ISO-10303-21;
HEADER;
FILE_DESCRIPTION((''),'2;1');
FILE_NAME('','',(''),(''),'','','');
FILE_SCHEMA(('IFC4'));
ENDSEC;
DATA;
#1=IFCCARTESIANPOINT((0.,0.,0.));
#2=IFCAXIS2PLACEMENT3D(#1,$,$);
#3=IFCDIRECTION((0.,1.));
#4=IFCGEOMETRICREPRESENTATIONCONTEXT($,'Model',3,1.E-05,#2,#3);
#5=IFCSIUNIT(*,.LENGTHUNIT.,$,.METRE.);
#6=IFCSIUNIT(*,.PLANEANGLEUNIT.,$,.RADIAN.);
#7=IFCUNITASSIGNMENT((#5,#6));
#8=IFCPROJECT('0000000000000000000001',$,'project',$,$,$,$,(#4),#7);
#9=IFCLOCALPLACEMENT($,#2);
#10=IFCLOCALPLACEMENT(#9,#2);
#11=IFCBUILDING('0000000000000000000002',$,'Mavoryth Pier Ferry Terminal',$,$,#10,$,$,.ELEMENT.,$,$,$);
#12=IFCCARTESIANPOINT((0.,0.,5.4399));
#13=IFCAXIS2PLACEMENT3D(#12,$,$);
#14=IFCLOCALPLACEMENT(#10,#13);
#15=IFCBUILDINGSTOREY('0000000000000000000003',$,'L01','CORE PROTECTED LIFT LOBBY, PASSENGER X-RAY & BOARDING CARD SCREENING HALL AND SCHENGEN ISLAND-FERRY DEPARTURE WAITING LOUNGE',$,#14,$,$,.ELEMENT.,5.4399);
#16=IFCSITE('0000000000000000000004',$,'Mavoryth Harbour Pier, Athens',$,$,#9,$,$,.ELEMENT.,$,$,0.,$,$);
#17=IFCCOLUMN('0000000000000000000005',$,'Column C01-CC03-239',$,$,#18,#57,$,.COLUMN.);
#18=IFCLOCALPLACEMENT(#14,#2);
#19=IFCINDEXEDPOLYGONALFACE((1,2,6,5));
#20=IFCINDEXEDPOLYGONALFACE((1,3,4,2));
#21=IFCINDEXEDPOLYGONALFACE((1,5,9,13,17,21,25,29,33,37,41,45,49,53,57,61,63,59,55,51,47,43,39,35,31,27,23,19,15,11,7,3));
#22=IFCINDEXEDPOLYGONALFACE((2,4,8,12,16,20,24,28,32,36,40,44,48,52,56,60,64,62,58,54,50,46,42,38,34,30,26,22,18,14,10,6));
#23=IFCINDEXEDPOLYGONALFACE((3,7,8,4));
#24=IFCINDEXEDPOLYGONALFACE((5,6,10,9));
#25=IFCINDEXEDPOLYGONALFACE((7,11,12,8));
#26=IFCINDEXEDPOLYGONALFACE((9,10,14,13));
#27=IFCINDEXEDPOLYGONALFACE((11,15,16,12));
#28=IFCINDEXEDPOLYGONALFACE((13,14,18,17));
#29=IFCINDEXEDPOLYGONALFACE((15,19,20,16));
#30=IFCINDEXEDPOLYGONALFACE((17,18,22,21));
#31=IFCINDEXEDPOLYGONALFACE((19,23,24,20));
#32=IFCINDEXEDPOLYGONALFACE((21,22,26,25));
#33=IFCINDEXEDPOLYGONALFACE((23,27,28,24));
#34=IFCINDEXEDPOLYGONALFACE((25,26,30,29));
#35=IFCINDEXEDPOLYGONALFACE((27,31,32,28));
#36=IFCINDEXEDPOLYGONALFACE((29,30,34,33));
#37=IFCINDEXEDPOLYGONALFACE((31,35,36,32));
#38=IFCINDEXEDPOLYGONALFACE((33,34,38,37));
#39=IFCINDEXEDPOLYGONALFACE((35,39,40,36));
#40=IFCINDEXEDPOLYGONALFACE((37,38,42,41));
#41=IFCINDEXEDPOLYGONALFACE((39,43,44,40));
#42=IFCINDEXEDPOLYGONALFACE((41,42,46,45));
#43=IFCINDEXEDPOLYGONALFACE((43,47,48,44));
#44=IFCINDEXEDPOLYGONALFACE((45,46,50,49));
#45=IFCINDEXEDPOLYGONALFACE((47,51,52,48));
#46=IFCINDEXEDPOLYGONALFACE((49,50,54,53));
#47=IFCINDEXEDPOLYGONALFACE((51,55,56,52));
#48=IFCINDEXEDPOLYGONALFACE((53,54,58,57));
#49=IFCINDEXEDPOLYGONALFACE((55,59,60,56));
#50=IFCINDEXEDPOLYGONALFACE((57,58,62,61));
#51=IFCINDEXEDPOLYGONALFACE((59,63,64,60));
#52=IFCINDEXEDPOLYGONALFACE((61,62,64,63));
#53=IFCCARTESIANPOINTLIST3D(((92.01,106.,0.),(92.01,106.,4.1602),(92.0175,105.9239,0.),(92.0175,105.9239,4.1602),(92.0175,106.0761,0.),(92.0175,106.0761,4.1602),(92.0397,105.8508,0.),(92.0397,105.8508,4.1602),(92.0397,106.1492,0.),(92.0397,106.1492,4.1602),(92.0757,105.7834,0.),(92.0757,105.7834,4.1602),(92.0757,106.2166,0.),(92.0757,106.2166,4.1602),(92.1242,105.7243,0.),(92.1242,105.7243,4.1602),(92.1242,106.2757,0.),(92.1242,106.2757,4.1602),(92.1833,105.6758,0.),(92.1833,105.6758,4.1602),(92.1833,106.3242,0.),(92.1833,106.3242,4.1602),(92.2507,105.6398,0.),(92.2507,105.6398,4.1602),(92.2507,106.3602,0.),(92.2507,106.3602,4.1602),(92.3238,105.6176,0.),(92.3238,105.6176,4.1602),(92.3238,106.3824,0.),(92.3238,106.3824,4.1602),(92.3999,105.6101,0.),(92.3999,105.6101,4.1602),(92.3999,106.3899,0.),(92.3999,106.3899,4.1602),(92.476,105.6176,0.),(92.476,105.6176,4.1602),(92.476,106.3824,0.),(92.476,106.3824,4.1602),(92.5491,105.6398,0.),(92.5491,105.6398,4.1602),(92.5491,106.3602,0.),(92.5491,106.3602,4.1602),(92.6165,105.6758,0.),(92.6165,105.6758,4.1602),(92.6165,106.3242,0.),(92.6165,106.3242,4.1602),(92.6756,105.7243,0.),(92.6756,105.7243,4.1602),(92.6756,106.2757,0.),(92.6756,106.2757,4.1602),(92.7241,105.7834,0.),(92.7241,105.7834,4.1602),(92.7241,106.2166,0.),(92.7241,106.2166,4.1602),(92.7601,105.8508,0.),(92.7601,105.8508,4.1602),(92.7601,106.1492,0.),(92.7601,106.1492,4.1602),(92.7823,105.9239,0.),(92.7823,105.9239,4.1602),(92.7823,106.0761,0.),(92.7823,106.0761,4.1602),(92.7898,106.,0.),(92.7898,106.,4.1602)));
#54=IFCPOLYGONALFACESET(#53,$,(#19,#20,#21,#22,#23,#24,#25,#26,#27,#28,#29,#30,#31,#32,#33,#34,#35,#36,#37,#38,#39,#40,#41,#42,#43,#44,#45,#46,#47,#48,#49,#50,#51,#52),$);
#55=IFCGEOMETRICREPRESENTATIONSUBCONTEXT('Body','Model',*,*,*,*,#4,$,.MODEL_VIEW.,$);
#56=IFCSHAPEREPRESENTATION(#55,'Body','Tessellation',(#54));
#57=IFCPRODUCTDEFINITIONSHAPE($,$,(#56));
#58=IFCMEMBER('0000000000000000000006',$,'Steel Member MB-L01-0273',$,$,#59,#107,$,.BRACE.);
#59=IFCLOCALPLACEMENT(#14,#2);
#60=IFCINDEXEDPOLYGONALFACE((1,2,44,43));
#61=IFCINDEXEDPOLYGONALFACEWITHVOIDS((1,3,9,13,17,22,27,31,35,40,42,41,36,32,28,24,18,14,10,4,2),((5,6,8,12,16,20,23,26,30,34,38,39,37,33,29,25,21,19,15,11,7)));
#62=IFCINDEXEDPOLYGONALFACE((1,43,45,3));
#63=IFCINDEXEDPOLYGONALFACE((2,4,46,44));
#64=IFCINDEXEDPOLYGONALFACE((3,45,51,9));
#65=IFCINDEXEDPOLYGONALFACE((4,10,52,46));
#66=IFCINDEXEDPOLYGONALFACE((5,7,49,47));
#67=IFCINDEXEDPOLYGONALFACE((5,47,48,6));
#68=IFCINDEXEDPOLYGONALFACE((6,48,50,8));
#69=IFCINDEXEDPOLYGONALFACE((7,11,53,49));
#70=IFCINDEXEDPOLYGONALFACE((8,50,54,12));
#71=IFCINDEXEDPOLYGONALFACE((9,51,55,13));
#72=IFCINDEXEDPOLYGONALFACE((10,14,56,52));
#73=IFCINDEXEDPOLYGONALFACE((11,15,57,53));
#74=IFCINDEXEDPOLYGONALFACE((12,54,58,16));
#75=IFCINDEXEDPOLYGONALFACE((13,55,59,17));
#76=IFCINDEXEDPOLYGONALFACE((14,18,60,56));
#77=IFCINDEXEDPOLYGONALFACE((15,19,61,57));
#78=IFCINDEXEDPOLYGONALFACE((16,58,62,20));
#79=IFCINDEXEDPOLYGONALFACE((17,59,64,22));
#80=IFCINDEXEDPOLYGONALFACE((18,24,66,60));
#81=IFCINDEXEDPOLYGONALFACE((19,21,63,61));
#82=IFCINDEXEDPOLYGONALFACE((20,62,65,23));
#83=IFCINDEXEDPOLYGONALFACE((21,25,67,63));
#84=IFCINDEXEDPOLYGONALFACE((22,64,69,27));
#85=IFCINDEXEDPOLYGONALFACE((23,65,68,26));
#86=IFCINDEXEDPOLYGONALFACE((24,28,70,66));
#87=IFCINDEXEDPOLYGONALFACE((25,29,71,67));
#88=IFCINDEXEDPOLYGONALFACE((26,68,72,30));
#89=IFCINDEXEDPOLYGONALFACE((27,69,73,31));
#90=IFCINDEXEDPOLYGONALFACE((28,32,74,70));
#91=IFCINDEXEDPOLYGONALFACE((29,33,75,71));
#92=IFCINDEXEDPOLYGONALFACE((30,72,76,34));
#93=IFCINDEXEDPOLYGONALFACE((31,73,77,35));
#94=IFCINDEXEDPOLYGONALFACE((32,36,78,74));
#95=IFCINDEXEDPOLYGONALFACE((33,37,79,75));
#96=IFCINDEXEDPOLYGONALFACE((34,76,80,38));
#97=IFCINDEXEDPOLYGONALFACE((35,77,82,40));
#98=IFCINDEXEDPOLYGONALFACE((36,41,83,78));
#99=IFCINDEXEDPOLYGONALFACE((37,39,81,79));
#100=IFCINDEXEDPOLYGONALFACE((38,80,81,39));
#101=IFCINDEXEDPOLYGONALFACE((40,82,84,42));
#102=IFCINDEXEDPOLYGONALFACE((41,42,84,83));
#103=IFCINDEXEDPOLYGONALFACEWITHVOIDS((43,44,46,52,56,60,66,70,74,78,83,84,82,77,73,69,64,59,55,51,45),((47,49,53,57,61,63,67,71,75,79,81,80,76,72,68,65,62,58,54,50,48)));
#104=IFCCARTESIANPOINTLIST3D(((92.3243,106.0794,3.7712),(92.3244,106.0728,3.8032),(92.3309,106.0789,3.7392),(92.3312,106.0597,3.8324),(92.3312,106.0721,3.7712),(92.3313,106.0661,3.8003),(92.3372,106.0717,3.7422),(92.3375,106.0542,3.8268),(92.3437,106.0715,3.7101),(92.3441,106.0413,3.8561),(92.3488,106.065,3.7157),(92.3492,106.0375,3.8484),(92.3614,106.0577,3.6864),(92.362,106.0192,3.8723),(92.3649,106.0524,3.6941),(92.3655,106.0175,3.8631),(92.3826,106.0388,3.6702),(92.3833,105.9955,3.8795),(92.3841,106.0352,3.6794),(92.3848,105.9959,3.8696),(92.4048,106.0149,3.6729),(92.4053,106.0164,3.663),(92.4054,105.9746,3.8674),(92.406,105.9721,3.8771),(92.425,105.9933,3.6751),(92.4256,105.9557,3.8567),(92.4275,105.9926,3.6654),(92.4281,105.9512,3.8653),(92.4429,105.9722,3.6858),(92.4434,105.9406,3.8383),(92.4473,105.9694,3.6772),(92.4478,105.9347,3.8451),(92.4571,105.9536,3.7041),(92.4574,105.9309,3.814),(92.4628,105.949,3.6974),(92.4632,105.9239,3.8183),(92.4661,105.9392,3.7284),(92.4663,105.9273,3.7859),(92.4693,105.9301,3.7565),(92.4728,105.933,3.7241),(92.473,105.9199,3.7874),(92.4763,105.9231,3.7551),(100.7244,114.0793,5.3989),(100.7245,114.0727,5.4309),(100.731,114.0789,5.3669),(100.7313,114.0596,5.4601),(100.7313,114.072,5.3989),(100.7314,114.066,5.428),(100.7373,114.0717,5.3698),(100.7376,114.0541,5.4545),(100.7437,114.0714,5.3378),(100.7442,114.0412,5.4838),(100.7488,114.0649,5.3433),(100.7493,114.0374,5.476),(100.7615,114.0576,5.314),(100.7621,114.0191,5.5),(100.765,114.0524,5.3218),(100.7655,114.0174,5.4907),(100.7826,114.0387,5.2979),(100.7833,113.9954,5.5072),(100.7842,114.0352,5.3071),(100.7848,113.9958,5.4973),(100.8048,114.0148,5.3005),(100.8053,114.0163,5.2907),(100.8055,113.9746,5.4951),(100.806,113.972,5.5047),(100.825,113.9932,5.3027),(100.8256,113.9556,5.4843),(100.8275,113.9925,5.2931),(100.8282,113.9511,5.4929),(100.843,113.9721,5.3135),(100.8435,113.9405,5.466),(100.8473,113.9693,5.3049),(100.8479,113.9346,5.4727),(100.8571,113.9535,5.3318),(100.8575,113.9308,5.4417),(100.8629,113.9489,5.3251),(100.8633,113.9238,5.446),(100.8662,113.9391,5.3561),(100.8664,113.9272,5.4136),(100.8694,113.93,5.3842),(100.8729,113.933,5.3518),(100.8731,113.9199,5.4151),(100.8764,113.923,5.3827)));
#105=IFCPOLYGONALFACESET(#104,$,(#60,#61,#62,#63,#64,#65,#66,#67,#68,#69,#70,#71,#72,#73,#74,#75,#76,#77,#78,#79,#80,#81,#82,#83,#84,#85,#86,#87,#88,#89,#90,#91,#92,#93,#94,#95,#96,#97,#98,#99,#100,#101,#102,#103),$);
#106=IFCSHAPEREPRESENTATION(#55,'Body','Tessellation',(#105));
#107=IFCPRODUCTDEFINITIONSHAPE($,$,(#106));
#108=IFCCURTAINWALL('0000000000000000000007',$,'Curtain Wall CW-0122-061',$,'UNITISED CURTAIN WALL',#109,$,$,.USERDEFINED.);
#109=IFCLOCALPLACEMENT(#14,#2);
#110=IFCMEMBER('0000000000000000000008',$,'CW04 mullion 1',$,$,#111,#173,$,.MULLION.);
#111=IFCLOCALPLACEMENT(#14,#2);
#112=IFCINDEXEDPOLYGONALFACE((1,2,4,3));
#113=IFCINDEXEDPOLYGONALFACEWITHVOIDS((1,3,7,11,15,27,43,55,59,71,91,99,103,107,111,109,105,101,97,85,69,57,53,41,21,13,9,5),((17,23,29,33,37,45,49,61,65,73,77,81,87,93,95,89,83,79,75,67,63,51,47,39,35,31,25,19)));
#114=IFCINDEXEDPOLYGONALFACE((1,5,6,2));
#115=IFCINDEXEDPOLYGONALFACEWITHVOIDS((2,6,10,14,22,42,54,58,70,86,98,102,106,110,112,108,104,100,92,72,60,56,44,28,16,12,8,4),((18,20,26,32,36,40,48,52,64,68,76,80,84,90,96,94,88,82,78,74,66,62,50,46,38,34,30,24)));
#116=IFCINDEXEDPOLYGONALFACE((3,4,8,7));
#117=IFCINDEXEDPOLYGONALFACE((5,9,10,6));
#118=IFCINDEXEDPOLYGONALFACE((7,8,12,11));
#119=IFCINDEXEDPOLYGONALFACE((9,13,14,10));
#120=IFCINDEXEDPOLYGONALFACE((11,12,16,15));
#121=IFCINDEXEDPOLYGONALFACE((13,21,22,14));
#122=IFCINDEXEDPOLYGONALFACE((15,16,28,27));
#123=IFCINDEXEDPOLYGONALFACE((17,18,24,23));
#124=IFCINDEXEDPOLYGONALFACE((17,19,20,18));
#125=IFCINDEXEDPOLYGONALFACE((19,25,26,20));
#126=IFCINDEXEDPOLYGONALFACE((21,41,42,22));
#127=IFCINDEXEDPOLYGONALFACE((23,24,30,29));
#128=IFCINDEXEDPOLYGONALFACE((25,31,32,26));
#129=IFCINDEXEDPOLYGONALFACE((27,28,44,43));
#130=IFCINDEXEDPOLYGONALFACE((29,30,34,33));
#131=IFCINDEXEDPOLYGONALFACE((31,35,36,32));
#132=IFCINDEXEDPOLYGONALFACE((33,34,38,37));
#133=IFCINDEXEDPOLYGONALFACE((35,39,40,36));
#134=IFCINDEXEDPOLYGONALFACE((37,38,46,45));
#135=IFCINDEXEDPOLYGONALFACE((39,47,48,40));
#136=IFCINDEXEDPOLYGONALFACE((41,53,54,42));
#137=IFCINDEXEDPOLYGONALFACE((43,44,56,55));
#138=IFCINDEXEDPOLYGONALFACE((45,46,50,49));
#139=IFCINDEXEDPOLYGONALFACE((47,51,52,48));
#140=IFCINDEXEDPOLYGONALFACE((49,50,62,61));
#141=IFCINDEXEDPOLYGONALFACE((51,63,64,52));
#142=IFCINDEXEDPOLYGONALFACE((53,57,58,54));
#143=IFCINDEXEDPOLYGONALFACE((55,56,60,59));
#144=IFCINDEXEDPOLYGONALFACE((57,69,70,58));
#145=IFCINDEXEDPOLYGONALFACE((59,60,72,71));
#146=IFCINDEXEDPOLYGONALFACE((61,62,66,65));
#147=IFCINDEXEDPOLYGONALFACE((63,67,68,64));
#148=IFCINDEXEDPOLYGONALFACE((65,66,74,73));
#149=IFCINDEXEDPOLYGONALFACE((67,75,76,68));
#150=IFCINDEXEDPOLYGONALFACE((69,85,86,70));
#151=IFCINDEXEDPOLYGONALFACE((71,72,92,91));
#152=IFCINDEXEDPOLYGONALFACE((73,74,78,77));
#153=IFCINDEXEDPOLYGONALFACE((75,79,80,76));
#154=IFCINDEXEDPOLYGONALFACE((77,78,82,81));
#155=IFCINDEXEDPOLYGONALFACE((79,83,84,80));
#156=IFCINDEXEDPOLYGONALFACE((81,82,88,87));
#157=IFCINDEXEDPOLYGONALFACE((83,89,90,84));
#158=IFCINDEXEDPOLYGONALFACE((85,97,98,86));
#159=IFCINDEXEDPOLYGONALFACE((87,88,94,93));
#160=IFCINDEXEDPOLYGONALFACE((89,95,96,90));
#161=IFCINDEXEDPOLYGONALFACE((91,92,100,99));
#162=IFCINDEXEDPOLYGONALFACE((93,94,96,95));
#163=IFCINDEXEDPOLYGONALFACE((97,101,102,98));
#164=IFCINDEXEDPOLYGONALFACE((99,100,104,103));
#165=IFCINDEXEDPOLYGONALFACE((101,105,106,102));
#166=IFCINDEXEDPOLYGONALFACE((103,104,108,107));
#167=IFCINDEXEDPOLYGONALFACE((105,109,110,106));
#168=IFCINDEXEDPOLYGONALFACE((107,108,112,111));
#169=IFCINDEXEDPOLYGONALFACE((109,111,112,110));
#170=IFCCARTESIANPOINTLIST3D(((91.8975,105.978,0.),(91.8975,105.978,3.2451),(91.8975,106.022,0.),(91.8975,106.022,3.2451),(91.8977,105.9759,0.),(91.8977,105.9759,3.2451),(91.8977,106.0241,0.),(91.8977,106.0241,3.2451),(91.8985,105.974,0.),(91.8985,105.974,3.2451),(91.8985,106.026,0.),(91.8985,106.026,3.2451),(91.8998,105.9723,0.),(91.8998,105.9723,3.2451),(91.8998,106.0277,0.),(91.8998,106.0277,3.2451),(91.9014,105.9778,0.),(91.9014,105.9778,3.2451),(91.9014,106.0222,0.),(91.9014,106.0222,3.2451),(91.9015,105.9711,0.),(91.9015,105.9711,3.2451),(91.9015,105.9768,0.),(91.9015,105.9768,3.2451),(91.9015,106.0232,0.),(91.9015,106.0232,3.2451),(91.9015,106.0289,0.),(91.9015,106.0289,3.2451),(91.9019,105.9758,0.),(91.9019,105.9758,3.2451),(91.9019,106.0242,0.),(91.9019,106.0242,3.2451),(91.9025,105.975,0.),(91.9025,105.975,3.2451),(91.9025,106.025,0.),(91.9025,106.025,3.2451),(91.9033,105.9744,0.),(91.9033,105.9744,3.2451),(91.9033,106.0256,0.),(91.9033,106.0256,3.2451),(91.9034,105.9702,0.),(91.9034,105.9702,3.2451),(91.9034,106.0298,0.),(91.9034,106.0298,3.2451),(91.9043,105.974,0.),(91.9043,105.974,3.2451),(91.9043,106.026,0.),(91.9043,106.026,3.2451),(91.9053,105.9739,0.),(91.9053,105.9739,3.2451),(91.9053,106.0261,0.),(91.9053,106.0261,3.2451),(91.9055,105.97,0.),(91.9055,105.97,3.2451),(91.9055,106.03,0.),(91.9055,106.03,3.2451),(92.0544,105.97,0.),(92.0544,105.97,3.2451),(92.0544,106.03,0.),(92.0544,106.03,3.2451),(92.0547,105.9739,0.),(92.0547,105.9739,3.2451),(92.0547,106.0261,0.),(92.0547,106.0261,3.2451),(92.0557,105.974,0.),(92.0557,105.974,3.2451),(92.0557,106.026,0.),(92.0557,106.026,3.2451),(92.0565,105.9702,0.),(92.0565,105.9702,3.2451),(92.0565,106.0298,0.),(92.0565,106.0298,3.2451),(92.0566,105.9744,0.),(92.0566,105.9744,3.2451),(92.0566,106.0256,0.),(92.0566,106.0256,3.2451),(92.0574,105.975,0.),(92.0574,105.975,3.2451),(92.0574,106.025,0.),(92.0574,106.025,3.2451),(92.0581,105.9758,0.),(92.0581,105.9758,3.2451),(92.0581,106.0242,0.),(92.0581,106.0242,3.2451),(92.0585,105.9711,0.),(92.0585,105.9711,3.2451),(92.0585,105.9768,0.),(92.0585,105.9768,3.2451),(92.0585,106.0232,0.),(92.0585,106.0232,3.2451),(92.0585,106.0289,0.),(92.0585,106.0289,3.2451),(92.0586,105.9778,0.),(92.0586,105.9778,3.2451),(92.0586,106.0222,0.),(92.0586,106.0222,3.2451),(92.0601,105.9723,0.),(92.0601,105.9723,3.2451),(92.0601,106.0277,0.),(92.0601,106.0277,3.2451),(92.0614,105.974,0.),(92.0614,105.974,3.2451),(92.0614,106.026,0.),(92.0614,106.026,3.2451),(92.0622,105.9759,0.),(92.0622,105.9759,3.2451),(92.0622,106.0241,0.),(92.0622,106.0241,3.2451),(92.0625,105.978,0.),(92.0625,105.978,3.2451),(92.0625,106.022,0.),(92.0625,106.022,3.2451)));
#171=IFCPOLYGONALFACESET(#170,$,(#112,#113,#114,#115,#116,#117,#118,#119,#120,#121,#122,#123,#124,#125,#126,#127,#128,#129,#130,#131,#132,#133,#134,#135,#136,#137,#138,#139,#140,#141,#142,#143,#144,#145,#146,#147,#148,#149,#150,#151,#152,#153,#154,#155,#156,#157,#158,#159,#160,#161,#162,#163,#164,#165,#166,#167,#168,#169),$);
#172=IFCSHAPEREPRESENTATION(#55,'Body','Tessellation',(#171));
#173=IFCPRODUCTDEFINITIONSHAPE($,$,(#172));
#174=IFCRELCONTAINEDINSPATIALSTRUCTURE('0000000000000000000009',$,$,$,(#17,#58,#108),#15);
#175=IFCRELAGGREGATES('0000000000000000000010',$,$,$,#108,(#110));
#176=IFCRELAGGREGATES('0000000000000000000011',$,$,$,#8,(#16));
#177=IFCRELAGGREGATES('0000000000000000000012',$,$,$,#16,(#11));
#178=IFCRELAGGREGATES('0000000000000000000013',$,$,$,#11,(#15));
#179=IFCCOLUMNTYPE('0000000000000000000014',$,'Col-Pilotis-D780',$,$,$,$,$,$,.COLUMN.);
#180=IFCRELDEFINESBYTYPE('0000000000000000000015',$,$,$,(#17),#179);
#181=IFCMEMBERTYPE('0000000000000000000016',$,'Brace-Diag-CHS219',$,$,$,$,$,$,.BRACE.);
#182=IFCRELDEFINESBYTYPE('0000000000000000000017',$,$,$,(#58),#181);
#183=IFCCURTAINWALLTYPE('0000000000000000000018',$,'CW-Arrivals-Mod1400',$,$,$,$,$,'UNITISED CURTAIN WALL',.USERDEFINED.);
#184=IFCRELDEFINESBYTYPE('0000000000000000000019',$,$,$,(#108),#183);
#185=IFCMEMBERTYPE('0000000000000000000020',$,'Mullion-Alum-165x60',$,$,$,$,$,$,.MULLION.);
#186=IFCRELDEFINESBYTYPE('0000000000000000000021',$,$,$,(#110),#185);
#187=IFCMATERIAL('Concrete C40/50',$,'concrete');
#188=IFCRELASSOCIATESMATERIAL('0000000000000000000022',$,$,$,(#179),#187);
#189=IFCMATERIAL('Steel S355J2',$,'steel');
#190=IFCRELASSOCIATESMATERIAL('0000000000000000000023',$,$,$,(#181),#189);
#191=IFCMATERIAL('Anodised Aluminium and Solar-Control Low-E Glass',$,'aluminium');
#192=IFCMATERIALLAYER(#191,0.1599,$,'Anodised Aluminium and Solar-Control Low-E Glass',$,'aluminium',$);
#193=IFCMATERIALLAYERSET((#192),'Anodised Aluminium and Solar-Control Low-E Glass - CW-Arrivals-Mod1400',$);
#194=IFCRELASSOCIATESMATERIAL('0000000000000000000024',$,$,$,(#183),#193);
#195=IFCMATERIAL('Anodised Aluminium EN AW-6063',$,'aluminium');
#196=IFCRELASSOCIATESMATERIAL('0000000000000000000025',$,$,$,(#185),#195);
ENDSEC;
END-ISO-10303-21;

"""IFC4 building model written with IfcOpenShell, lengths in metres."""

from ifc_helpers import new_model, si_unit, direction, frame, origin, origin_2d, place, context, subcontext, project, spatial, hollow_rectangle, circle, hollow_circle, extrude, material, layer, layer_set, material_profile, profile_set, type_object, element, aggregate, save


model = new_model("IFC4")

# Units and contexts
model_context = context("Model", 3, precision=1e-05, world=origin(), true_north=direction((0.0, 1.0)))
body_context = subcontext(model_context, "Body", "Model", "MODEL_VIEW")
ifc_project = project(units=[si_unit("LENGTHUNIT", "METRE"), si_unit("PLANEANGLEUNIT", "RADIAN")], contexts=[model_context])

# Site, building, storey
site_placement = place(None, origin())
site = spatial("IfcSite", under=ifc_project, at=site_placement, Name="Mavoryth Harbour Pier, Athens", CompositionType="ELEMENT", RefElevation=0.0)
building_placement = place(site_placement, origin())
building = spatial("IfcBuilding", under=site, at=building_placement, Name="Mavoryth Pier Ferry Terminal", CompositionType="ELEMENT")
storey_placement = place(building_placement, frame((0.0, 0.0, 5.4399)))
storey = spatial("IfcBuildingStorey", under=building, at=storey_placement, Name="L01", Description="CORE PROTECTED LIFT LOBBY, PASSENGER X-RAY & BOARDING CARD SCREENING HALL AND SCHENGEN ISLAND-FERRY DEPARTURE WAITING LOUNGE", CompositionType="ELEMENT", Elevation=5.4399)

# Column
ifc_material_1 = material(Name="Concrete C40/50", Category="concrete")
ifc_material_profile_1 = material_profile(ifc_material_1, circle(Radius=0.3899, at=origin_2d()), Name="RC D780", Category="concrete")
ifc_profile_set_1 = profile_set([ifc_material_profile_1], Name="Concrete C40/50 - RC D780")
column_type = type_object("IfcColumnType", Name="Col-Pilotis-D780", PredefinedType="COLUMN", material=ifc_profile_set_1)
column_placement = place(storey_placement, frame((92.3999, 106.0, 0.0), z_axis=(0.0, 0.0, 1.0), x_axis=(1.0, 0.0, 0.0)))
element("IfcColumn", 1, at=column_placement, inside=storey, type_object=column_type, Name="Column C01-CC03-239", PredefinedType="COLUMN", context=body_context, shape_type="SweptSolid", body=[
    extrude(circle(Radius=0.3899, at=origin_2d()), origin(), (0.0, 0.0, 1.0), 4.1602),
])

# Member
ifc_material_2 = material(Name="Steel S355J2", Category="steel")
ifc_material_profile_2 = material_profile(ifc_material_2, hollow_circle(Radius=0.1096, WallThickness=0.01, at=origin_2d()), Name="CHS 219.1x10.0", Category="steel")
ifc_profile_set_2 = profile_set([ifc_material_profile_2], Name="Steel S355J2 - CHS 219.1x10.0")
member_type_1 = type_object("IfcMemberType", Name="Brace-Diag-CHS219", PredefinedType="BRACE", material=ifc_profile_set_2)
member_1_placement = place(storey_placement, frame((92.3999, 106.0, 3.7712), z_axis=(0.717119, 0.682958, 0.138955), x_axis=(-0.689649, 0.724144, 0.0)))
element("IfcMember", 2, at=member_1_placement, inside=storey, type_object=member_type_1, Name="Steel Member MB-L01-0273", PredefinedType="BRACE", context=body_context, shape_type="SweptSolid", body=[
    extrude(hollow_circle(Radius=0.1096, WallThickness=0.01, at=origin_2d()), origin(), (0.0, 0.0, 1.0), 11.7136),
])

# Curtain wall, member
ifc_material_3 = material(Name="Anodised Aluminium and Solar-Control Low-E Glass", Category="aluminium")
ifc_layer_1 = layer(ifc_material_3, 0.1599, Name="Anodised Aluminium and Solar-Control Low-E Glass", Category="aluminium")
ifc_layer_set_1 = layer_set([ifc_layer_1], Name="Anodised Aluminium and Solar-Control Low-E Glass - CW-Arrivals-Mod1400")
curtain_wall_type_1 = type_object("IfcCurtainWallType", Name="CW-Arrivals-Mod1400", ElementType="UNITISED CURTAIN WALL", PredefinedType="USERDEFINED", material=ifc_layer_set_1)
curtain_wall_1_placement = place(storey_placement, origin())
curtain_wall_1 = element("IfcCurtainWall", 3, at=curtain_wall_1_placement, inside=storey, type_object=curtain_wall_type_1, Name="Curtain Wall CW-0122-061", ObjectType="UNITISED CURTAIN WALL", PredefinedType="USERDEFINED")
ifc_material_4 = material(Name="Anodised Aluminium EN AW-6063", Category="aluminium")
ifc_material_profile_3 = material_profile(ifc_material_4, hollow_rectangle(XDim=0.0601, YDim=0.165, WallThickness=0.0039, InnerFilletRadius=0.0039, OuterFilletRadius=0.0081, at=origin_2d()), Name="AL-MULL 165x60x4", Category="aluminium")
ifc_profile_set_3 = profile_set([ifc_material_profile_3], Name="Anodised Aluminium EN AW-6063 - AL-MULL 165x60x4")
member_type_2 = type_object("IfcMemberType", Name="Mullion-Alum-165x60", PredefinedType="MULLION", material=ifc_profile_set_3)
member_2_placement = place(storey_placement, frame((91.98, 106.0, 0.0), z_axis=(0.0, 0.0, 1.0), x_axis=(0.0, -1.0, 0.0)))
member_2 = element("IfcMember", 4, at=member_2_placement, type_object=member_type_2, Name="CW04 mullion 1", PredefinedType="MULLION", context=body_context, shape_type="SweptSolid", body=[
    extrude(hollow_rectangle(XDim=0.0601, YDim=0.165, WallThickness=0.0039, InnerFilletRadius=0.0039, OuterFilletRadius=0.0081, at=origin_2d()), origin(), (0.0, 0.0, 1.0), 3.2451),
])

aggregate(curtain_wall_1, [member_2])

save(model, "model.ifc")
